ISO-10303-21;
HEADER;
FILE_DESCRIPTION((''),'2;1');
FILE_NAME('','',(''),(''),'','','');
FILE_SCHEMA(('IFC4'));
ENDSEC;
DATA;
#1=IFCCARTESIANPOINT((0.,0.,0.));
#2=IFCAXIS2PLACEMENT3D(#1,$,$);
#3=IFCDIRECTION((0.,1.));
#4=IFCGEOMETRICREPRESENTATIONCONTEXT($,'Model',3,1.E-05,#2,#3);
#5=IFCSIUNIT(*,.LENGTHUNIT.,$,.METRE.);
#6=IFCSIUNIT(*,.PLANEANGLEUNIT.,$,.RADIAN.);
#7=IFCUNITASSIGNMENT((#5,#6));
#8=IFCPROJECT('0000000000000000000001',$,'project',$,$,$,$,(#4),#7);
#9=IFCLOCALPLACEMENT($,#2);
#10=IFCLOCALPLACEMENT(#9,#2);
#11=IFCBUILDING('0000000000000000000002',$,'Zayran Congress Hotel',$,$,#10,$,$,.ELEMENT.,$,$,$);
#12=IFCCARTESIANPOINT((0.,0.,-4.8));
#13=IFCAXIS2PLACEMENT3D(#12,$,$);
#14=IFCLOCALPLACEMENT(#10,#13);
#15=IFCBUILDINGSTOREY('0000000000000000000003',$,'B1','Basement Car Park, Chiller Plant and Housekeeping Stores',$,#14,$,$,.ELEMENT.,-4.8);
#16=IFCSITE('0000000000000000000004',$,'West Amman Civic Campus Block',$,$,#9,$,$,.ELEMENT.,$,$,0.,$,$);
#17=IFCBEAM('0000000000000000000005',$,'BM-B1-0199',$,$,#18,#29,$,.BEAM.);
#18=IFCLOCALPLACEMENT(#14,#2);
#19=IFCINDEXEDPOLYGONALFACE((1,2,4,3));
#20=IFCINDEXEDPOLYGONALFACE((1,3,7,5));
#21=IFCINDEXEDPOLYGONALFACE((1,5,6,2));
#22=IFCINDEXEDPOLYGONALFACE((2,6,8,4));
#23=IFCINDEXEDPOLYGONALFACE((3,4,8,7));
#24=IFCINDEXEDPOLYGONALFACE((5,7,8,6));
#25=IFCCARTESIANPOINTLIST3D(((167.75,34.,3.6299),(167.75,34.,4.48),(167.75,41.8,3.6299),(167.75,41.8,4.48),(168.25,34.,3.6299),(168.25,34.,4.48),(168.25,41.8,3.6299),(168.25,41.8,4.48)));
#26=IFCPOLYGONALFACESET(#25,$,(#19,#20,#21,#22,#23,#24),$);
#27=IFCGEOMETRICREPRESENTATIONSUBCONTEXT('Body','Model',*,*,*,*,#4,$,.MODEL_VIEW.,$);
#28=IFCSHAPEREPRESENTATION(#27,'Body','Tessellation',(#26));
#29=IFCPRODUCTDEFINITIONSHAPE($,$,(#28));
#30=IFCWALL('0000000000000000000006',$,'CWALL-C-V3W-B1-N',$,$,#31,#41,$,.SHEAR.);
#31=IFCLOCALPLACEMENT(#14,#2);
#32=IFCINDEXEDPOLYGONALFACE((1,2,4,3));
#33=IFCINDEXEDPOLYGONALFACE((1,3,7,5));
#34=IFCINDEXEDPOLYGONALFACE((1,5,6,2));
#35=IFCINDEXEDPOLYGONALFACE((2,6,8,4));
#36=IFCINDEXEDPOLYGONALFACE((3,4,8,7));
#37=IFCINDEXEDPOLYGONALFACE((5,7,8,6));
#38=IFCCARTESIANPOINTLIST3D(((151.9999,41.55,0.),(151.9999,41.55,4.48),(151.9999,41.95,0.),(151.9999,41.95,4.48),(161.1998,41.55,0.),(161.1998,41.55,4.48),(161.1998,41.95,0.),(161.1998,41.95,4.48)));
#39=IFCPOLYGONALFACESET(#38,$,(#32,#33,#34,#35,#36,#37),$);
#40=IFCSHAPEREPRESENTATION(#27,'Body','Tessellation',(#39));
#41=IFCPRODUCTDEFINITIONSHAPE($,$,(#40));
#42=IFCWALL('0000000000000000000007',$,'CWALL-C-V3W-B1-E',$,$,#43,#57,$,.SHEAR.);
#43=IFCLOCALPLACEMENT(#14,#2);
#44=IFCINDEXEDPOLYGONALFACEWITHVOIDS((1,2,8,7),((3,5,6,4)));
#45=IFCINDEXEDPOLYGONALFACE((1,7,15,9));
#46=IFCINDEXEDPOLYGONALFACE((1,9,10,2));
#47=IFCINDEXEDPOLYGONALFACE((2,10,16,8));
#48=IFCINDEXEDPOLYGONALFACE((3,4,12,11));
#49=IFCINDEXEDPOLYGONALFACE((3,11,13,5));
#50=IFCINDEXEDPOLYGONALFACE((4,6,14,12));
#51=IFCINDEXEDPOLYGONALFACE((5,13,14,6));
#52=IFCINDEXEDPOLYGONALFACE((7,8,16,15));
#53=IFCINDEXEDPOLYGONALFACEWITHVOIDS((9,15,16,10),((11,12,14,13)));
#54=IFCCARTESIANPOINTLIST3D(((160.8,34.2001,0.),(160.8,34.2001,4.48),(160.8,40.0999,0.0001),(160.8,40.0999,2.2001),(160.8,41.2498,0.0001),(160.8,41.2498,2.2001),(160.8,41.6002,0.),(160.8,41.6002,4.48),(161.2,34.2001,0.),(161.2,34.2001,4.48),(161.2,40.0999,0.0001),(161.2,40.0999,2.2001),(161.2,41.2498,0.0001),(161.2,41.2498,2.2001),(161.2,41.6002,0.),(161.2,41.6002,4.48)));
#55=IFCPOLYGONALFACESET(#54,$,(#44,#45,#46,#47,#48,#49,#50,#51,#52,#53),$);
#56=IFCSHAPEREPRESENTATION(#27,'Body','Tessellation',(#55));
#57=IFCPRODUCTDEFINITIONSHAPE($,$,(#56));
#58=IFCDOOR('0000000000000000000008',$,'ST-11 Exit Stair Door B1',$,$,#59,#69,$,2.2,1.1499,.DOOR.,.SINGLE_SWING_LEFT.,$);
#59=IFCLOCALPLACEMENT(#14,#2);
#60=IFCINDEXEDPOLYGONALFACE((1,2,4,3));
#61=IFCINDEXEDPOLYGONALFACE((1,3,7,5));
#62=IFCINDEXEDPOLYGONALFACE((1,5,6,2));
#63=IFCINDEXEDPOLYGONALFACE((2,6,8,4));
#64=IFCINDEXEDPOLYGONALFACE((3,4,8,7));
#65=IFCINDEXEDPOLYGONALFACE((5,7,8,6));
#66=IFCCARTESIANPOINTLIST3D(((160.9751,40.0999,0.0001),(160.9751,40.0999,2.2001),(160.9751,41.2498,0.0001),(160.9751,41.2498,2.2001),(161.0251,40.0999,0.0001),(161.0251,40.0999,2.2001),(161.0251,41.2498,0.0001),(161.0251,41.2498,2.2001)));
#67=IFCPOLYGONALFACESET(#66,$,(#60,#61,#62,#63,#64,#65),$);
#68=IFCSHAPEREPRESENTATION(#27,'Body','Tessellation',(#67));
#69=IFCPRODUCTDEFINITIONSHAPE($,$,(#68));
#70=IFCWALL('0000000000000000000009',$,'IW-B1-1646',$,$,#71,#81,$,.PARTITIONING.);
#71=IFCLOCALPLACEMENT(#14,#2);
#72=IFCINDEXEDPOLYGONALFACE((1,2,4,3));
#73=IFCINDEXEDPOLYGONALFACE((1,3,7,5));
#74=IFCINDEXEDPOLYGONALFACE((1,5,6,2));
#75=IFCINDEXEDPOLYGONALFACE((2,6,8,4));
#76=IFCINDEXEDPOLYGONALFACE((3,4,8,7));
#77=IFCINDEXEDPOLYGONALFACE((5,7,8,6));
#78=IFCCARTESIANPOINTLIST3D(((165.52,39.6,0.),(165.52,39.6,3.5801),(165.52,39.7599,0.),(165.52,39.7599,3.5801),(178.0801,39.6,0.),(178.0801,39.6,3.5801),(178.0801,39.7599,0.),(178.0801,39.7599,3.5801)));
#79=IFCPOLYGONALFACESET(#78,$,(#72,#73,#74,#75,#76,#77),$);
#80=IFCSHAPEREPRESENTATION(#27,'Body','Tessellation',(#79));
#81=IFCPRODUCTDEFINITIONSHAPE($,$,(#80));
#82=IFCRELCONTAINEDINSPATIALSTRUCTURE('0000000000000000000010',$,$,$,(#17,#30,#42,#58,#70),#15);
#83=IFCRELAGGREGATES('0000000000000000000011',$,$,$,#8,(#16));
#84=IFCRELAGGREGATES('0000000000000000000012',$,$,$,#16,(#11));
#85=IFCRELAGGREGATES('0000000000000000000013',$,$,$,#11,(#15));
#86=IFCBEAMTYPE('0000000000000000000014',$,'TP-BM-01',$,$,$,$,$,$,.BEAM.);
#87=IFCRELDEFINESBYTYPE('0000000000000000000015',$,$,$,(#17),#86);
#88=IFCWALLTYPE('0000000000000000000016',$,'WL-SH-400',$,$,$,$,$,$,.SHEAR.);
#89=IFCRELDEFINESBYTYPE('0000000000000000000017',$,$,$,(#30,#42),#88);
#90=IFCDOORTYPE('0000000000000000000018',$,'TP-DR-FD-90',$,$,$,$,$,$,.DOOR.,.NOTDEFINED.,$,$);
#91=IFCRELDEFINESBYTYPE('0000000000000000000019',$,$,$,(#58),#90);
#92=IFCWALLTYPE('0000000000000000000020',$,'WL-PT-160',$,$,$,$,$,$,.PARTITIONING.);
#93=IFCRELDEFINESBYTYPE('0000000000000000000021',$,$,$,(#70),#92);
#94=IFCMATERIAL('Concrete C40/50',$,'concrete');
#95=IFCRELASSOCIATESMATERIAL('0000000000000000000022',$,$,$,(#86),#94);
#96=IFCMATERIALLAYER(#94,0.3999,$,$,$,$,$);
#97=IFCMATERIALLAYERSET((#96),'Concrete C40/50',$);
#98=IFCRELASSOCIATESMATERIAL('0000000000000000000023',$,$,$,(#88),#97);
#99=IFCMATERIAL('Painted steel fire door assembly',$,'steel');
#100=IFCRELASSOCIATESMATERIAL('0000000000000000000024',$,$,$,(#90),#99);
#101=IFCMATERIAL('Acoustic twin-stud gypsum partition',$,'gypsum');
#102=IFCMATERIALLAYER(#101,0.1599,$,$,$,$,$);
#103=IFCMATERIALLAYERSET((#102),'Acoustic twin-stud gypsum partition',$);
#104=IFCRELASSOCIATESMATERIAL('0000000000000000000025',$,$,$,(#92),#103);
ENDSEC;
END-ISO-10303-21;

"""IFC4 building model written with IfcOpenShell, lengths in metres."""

from ifc_helpers import new_model, si_unit, direction, frame, frame_2d, origin, origin_2d, place, context, subcontext, project, spatial, rectangle, extrude, material, layer, layer_set, material_profile, profile_set, type_object, element, fill, save


model = new_model("IFC4")

# Units and contexts
model_context = context("Model", 3, precision=1e-05, world=origin(), true_north=direction((0.0, 1.0)))
body_context = subcontext(model_context, "Body", "Model", "MODEL_VIEW")
ifc_project = project(units=[si_unit("LENGTHUNIT", "METRE"), si_unit("PLANEANGLEUNIT", "RADIAN")], contexts=[model_context])

# Site, building, storey
site_placement = place(None, origin())
site = spatial("IfcSite", under=ifc_project, at=site_placement, Name="West Amman Civic Campus Block", CompositionType="ELEMENT", RefElevation=0.0)
building_placement = place(site_placement, origin())
building = spatial("IfcBuilding", under=site, at=building_placement, Name="Zayran Congress Hotel", CompositionType="ELEMENT")
storey_placement = place(building_placement, frame((0.0, 0.0, -4.8)))
storey = spatial("IfcBuildingStorey", under=building, at=storey_placement, Name="B1", Description="Basement Car Park, Chiller Plant and Housekeeping Stores", CompositionType="ELEMENT", Elevation=-4.8)

# Shared definitions
ifc_material_1 = material(Name="Concrete C40/50", Category="concrete")

# Beam
ifc_material_profile_1 = material_profile(ifc_material_1, rectangle(XDim=0.5, YDim=0.8501, at=origin_2d()), Name="RC 500x850")
ifc_profile_set_1 = profile_set([ifc_material_profile_1], Name="Concrete C40/50")
beam_type = type_object("IfcBeamType", Name="TP-BM-01", PredefinedType="BEAM", material=ifc_profile_set_1)
beam_placement = place(storey_placement, frame((168.0, 34.0, 4.0549), z_axis=(0.0, 1.0, 0.0), x_axis=(-1.0, 0.0, 0.0)))
element("IfcBeam", 1, at=beam_placement, inside=storey, type_object=beam_type, Name="BM-B1-0199", PredefinedType="BEAM", context=body_context, shape_type="SweptSolid", body=[
    extrude(rectangle(XDim=0.5, YDim=0.8501, at=origin_2d()), origin(), (0.0, 0.0, 1.0), 7.8),
])

# Wall
ifc_layer_1 = layer(ifc_material_1, 0.3999)
ifc_layer_set_1 = layer_set([ifc_layer_1], Name="Concrete C40/50")
wall_type_1 = type_object("IfcWallType", Name="WL-SH-400", PredefinedType="SHEAR", material=ifc_layer_set_1)
wall_1_placement = place(storey_placement, frame((161.2, 41.75, 0.0), z_axis=(0.0, 0.0, 1.0), x_axis=(-1.0, 0.0, 0.0)))
element("IfcWall", 2, at=wall_1_placement, inside=storey, type_object=wall_type_1, Name="CWALL-C-V3W-B1-N", PredefinedType="SHEAR", context=body_context, shape_type="SweptSolid", body=[
    extrude(rectangle(XDim=9.2, YDim=0.3999, at=frame_2d((4.6001, 0.0))), origin(), (0.0, 0.0, 1.0), 4.48),
])

# Wall, opening, door
wall_2_placement = place(storey_placement, frame((161.0, 34.2, 0.0), z_axis=(0.0, 0.0, 1.0), x_axis=(0.0, 1.0, 0.0)))
wall_2 = element("IfcWall", 3, at=wall_2_placement, inside=storey, type_object=wall_type_1, Name="CWALL-C-V3W-B1-E", PredefinedType="SHEAR", context=body_context, shape_type="SweptSolid", body=[
    extrude(rectangle(XDim=7.4001, YDim=0.3999, at=frame_2d((3.7002, 0.0))), origin(), (0.0, 0.0, 1.0), 4.48),
])
opening_placement = place(wall_2_placement, frame((5.8999, 0.0, 0.0)))
opening = element("IfcOpeningElement", 4, at=opening_placement, cuts=wall_2, PredefinedType="OPENING", context=body_context, shape_type="SweptSolid", body=[
    extrude(rectangle(XDim=1.1499, YDim=2.2, at=frame_2d((0.575, 1.1001))), frame((0.0, 0.21, 0.0), z_axis=(0.0, -1.0, 0.0), x_axis=(1.0, 0.0, 0.0)), (0.0, 0.0, 1.0), 0.4199),
])
ifc_material_2 = material(Name="Painted steel fire door assembly", Category="steel")
door_type = type_object("IfcDoorType", Name="TP-DR-FD-90", OperationType="NOTDEFINED", PredefinedType="DOOR", material=ifc_material_2)
door_placement = place(opening_placement, origin())
door = element("IfcDoor", 5, at=door_placement, inside=storey, type_object=door_type, Name="ST-11 Exit Stair Door B1", OperationType="SINGLE_SWING_LEFT", OverallHeight=2.2, OverallWidth=1.1499, PredefinedType="DOOR", context=body_context, shape_type="SweptSolid", body=[
    extrude(rectangle(XDim=1.1499, YDim=2.2, at=frame_2d((0.575, 1.1001))), frame((0.0, 0.0249, 0.0), z_axis=(0.0, -1.0, 0.0), x_axis=(1.0, 0.0, 0.0)), (0.0, 0.0, 1.0), 0.05),
])
fill(opening, door)

# Wall
ifc_material_3 = material(Name="Acoustic twin-stud gypsum partition", Category="gypsum")
ifc_layer_2 = layer(ifc_material_3, 0.1599)
ifc_layer_set_2 = layer_set([ifc_layer_2], Name="Acoustic twin-stud gypsum partition")
wall_type_2 = type_object("IfcWallType", Name="WL-PT-160", PredefinedType="PARTITIONING", material=ifc_layer_set_2)
wall_3_placement = place(storey_placement, frame((165.52, 39.6799, 0.0), z_axis=(0.0, 0.0, 1.0), x_axis=(1.0, 0.0, 0.0)))
element("IfcWall", 6, at=wall_3_placement, inside=storey, type_object=wall_type_2, Name="IW-B1-1646", PredefinedType="PARTITIONING", context=body_context, shape_type="SweptSolid", body=[
    extrude(rectangle(XDim=12.5601, YDim=0.1599, at=frame_2d((6.28, 0.0))), origin(), (0.0, 0.0, 1.0), 3.5801),
])

save(model, "model.ifc")
